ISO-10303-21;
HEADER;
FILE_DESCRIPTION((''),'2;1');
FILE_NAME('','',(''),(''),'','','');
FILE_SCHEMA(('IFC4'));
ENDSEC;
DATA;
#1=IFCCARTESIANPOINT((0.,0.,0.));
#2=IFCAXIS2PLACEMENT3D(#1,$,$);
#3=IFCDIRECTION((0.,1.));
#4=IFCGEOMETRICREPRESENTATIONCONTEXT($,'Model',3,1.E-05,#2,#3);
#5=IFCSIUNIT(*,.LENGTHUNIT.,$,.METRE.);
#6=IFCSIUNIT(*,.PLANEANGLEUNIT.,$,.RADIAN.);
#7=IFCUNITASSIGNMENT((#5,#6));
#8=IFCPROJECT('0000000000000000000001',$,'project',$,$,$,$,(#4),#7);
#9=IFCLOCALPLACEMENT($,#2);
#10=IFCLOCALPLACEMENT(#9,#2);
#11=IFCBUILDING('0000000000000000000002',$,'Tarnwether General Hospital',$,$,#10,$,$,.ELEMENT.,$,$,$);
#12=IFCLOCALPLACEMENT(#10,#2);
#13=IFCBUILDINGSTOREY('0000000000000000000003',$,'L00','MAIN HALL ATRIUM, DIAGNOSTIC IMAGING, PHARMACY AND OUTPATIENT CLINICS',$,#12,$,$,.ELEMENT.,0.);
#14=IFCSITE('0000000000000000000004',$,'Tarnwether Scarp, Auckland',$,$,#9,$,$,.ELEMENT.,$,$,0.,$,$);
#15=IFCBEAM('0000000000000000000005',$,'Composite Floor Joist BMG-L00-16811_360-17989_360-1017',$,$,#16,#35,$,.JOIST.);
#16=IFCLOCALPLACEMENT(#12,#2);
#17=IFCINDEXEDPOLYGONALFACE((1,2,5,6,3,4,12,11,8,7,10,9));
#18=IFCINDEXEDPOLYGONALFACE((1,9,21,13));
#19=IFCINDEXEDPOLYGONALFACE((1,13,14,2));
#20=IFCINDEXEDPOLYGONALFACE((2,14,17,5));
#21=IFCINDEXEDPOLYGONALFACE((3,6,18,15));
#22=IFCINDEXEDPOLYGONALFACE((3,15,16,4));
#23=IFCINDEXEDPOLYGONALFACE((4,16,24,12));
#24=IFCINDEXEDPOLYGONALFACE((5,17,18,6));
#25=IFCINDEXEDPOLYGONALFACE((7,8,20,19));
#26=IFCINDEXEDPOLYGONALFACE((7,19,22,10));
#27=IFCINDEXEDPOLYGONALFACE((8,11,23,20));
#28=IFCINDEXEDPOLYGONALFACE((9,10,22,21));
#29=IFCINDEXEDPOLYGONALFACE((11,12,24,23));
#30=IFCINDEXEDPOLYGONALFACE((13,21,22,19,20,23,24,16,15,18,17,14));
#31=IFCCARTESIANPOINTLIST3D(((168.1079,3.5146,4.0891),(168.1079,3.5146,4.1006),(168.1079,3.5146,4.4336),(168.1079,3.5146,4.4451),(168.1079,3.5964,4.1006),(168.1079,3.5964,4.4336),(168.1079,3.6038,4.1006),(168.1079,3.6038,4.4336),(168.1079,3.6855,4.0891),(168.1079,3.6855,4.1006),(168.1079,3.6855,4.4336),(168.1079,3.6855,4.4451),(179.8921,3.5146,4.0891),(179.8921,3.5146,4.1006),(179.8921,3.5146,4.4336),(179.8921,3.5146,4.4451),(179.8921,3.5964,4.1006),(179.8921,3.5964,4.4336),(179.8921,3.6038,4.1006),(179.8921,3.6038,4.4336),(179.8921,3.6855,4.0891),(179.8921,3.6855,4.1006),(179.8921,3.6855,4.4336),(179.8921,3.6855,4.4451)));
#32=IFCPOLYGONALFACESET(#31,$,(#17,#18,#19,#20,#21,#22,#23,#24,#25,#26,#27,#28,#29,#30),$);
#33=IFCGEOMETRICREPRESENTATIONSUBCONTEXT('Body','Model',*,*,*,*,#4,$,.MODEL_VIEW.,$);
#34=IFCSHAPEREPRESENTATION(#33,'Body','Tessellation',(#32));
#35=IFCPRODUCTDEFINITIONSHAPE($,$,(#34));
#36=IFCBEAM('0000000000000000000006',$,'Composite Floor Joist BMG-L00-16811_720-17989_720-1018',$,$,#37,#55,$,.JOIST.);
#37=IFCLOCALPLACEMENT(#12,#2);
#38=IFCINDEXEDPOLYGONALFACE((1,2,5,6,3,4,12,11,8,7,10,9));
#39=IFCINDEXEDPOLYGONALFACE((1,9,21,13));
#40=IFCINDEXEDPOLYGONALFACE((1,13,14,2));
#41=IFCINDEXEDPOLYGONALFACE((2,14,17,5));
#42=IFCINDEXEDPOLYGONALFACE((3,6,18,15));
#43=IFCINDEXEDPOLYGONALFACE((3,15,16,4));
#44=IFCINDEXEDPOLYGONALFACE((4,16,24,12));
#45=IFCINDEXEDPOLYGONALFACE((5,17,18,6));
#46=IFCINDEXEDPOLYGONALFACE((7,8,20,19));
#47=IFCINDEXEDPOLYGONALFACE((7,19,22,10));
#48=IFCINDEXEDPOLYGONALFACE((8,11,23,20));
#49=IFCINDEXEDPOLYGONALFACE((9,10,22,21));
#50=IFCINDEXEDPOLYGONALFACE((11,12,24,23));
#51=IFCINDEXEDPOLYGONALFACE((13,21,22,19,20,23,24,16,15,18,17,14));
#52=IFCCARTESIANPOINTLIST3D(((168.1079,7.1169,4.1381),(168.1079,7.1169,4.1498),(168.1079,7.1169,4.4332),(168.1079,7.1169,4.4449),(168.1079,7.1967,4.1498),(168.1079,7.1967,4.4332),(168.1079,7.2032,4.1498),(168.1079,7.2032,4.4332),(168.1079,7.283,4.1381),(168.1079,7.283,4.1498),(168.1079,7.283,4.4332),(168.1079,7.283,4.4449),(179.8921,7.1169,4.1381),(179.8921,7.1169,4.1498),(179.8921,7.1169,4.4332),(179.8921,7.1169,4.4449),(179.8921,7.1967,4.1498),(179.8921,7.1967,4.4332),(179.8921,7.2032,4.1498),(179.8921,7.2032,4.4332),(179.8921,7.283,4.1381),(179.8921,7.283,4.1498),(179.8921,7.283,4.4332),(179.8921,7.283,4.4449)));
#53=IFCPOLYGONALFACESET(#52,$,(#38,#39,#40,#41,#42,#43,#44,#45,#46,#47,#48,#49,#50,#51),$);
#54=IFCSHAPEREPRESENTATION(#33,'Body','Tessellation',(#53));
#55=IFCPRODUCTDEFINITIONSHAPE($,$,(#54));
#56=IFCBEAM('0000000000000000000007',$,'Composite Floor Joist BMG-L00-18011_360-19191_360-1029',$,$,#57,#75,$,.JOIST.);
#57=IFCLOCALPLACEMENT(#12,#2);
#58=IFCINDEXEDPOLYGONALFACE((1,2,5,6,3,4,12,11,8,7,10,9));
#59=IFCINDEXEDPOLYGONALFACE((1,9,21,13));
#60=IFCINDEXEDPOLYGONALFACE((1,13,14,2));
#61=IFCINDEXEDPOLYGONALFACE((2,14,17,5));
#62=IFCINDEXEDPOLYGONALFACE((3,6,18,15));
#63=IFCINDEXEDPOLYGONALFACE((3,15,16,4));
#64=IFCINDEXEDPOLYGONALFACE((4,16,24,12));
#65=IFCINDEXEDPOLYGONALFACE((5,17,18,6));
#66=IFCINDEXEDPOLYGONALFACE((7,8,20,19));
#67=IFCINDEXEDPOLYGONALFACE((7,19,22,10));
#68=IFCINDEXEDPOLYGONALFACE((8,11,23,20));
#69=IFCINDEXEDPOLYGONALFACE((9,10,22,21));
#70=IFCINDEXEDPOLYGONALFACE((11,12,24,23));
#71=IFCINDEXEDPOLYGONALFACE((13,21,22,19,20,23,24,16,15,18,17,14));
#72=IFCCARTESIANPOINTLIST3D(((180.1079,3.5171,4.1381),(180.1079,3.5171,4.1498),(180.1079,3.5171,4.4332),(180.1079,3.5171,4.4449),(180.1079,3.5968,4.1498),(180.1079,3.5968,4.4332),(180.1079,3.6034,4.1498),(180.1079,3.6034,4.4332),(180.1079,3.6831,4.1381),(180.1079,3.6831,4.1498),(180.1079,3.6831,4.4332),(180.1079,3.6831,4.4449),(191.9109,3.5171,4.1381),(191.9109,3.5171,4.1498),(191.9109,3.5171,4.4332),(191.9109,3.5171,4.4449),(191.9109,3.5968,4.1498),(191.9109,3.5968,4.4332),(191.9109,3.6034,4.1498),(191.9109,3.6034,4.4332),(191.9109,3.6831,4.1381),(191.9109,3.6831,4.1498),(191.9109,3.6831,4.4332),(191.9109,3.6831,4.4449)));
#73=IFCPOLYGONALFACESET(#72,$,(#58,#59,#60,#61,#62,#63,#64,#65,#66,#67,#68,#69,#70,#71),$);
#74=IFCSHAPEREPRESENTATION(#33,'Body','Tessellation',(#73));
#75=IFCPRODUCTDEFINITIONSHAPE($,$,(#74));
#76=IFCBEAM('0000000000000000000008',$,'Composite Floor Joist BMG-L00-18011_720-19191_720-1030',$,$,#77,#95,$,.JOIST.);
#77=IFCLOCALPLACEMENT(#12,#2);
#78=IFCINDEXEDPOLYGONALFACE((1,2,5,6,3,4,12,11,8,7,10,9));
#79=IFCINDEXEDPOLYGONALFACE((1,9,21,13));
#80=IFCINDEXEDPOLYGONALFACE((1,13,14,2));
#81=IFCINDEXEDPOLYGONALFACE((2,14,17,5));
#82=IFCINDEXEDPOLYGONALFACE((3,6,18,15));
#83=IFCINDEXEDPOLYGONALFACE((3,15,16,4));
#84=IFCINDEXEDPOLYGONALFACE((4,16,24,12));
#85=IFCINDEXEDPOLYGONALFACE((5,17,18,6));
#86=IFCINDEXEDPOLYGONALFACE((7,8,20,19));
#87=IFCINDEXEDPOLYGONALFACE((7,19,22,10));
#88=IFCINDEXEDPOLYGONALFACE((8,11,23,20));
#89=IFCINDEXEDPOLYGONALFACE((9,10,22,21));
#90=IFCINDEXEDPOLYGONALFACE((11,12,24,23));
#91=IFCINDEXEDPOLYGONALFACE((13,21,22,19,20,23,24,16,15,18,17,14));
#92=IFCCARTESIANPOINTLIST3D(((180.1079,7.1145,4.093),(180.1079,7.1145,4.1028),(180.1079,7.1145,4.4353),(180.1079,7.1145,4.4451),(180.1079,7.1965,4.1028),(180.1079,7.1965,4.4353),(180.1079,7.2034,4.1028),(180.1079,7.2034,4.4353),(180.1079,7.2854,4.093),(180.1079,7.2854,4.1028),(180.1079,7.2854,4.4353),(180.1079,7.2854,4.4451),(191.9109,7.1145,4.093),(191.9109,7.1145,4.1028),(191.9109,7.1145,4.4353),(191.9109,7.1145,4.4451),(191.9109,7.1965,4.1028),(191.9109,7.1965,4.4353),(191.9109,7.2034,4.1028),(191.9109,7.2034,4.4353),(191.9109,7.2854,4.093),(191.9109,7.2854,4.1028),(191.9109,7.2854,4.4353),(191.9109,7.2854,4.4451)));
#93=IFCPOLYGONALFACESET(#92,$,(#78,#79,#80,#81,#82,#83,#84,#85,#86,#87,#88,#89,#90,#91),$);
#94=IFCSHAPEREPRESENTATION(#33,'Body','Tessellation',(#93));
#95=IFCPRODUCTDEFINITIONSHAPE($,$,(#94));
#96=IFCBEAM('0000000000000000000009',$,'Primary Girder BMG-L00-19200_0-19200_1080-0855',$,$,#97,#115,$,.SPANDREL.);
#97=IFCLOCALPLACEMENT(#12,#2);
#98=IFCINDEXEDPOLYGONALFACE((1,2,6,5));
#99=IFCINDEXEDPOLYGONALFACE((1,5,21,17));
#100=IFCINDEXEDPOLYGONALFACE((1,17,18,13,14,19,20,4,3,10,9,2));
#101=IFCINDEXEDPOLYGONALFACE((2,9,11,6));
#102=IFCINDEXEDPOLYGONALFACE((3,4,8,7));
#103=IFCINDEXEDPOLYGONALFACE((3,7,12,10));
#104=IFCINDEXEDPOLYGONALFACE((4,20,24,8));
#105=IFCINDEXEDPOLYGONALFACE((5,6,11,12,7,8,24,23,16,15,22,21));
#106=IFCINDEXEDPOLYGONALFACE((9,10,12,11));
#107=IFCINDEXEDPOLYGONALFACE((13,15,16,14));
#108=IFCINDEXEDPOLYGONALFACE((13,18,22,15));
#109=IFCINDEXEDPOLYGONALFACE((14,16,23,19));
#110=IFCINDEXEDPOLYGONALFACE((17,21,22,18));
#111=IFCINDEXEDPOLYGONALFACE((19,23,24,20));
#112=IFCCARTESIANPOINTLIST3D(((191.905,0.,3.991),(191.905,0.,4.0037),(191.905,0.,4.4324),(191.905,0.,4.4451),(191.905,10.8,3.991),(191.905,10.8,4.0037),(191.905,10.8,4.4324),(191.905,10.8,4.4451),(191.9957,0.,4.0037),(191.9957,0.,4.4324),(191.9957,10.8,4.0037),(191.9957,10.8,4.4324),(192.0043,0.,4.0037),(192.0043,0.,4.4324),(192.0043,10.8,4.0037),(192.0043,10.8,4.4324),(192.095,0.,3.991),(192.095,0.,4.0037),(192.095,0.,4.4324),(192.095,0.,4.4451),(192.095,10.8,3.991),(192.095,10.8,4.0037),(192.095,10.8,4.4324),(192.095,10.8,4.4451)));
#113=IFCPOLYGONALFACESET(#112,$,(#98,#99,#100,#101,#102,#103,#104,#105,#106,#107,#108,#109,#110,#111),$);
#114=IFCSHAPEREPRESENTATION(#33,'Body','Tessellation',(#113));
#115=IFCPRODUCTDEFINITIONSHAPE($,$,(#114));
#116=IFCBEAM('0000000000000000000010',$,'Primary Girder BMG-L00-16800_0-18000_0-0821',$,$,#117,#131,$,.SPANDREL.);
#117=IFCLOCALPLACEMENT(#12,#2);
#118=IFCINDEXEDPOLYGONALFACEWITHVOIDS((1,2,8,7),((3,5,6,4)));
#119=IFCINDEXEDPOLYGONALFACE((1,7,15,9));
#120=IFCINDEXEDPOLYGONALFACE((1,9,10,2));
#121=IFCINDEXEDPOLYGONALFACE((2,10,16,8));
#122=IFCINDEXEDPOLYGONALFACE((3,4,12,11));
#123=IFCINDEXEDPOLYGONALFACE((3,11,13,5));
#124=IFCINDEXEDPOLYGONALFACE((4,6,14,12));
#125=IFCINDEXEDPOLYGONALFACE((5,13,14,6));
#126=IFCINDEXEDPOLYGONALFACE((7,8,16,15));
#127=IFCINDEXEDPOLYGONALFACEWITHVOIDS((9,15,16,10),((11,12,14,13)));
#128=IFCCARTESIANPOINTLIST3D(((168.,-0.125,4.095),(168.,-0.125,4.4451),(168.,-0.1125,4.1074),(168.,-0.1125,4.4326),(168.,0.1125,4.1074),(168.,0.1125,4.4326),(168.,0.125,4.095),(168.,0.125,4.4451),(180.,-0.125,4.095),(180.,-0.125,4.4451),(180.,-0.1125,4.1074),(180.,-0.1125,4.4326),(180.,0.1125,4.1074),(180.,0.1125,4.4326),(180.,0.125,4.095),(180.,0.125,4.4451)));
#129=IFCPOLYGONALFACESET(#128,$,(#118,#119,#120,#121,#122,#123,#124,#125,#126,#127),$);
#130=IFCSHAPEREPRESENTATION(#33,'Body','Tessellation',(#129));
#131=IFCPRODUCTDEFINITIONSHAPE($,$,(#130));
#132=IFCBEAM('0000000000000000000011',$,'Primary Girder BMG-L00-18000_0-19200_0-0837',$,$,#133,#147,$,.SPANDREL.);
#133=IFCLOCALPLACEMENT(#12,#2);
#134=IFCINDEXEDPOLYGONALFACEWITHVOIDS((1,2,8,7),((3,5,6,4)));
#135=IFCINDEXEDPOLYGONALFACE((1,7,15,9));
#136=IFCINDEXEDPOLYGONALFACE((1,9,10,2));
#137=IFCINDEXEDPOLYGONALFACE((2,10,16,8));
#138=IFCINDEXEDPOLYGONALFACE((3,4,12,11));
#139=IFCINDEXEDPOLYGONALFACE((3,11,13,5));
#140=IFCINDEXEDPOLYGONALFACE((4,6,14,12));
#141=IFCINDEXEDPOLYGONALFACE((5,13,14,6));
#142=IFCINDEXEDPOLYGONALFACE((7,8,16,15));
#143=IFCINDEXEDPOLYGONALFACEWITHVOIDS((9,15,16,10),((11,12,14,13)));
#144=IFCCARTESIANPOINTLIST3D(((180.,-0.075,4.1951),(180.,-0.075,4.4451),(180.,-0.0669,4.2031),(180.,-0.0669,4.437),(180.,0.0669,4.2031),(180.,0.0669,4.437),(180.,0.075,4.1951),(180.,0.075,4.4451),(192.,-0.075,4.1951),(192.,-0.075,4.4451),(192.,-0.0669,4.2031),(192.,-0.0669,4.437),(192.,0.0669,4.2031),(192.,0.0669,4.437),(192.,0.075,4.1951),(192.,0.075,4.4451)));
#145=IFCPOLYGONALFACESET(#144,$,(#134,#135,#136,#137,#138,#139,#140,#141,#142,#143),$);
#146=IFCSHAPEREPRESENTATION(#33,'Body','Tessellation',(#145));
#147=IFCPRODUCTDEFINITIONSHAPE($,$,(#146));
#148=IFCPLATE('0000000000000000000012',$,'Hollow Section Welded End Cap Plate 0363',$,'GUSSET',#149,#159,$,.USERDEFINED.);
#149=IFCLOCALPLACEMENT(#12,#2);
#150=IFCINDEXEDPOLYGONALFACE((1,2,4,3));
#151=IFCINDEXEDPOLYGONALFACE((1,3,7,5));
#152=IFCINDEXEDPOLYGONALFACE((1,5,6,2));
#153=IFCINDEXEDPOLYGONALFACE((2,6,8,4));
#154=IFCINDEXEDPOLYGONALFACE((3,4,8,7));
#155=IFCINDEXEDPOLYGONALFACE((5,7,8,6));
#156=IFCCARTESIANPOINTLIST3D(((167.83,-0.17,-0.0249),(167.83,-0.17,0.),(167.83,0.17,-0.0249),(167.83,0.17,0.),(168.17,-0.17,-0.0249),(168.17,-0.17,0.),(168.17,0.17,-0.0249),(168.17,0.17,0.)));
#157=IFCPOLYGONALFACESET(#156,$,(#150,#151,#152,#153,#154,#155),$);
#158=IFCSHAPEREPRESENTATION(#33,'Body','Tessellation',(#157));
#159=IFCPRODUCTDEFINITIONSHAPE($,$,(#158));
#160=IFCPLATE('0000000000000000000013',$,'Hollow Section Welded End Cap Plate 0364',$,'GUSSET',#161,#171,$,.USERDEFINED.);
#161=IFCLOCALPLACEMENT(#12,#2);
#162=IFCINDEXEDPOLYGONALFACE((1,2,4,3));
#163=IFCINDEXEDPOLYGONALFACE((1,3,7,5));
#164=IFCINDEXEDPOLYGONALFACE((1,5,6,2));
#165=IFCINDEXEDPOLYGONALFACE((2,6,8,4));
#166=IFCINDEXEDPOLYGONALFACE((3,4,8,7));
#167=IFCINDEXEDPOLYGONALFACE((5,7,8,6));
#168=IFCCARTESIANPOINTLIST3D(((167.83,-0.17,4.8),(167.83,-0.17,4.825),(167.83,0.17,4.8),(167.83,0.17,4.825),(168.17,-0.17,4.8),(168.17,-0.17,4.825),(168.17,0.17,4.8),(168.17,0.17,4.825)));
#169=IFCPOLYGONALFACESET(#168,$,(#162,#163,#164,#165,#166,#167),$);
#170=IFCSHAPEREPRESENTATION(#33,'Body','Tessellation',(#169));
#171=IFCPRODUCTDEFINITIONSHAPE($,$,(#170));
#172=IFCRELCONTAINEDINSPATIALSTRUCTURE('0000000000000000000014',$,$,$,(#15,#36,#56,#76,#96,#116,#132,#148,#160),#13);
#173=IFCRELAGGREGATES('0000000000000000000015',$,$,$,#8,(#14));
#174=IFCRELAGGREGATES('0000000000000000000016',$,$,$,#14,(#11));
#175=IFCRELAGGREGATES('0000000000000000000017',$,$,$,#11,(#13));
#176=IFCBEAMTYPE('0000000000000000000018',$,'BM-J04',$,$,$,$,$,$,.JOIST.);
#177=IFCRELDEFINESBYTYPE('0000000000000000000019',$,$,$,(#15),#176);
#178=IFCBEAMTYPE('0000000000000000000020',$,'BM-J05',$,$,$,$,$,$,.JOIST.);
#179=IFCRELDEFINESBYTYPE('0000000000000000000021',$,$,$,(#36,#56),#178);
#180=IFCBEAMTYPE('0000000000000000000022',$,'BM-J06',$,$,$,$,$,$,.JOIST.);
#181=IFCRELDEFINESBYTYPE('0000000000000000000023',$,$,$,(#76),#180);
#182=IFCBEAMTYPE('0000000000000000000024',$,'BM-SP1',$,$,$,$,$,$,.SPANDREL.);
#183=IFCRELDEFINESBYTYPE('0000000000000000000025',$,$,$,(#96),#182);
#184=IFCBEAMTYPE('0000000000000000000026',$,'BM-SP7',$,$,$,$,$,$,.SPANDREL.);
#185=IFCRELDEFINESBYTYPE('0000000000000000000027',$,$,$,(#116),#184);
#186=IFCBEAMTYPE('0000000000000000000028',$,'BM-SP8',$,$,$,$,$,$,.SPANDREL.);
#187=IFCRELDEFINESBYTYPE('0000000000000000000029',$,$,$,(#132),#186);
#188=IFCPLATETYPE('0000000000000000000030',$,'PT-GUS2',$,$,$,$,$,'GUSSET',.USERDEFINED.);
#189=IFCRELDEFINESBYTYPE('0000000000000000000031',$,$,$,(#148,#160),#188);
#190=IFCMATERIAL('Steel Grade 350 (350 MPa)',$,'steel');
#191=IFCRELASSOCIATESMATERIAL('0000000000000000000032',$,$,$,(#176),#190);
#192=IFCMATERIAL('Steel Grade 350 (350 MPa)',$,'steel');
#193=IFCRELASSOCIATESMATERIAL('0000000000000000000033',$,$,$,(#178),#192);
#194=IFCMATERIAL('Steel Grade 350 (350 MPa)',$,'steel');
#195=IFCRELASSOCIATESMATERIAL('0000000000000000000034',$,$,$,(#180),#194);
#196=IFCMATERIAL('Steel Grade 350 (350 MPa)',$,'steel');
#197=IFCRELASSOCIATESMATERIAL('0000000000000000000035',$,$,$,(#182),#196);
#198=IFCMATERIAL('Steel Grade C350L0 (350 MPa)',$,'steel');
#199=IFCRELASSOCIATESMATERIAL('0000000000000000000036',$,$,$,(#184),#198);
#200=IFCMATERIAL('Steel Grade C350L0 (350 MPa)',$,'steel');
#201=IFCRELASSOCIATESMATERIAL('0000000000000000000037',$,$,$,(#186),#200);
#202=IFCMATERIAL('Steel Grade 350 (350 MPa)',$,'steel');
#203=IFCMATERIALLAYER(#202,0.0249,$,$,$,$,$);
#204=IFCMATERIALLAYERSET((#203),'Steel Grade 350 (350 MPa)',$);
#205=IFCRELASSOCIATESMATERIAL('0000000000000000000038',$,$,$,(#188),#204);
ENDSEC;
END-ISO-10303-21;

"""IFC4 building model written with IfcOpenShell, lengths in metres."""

from ifc_helpers import new_model, si_unit, direction, frame, origin, origin_2d, place, context, subcontext, project, spatial, rectangle, hollow_rectangle, i_section, extrude, material, layer, layer_set, material_profile, profile_set, type_object, element, save


model = new_model("IFC4")

# Units and contexts
model_context = context("Model", 3, precision=1e-05, world=origin(), true_north=direction((0.0, 1.0)))
body_context = subcontext(model_context, "Body", "Model", "MODEL_VIEW")
ifc_project = project(units=[si_unit("LENGTHUNIT", "METRE"), si_unit("PLANEANGLEUNIT", "RADIAN")], contexts=[model_context])

# Site, building, storey
site_placement = place(None, origin())
site = spatial("IfcSite", under=ifc_project, at=site_placement, Name="Tarnwether Scarp, Auckland", CompositionType="ELEMENT", RefElevation=0.0)
building_placement = place(site_placement, origin())
building = spatial("IfcBuilding", under=site, at=building_placement, Name="Tarnwether General Hospital", CompositionType="ELEMENT")
storey_placement = place(building_placement, origin())
storey = spatial("IfcBuildingStorey", under=building, at=storey_placement, Name="L00", Description="MAIN HALL ATRIUM, DIAGNOSTIC IMAGING, PHARMACY AND OUTPATIENT CLINICS", CompositionType="ELEMENT", Elevation=0.0)

# Beams
ifc_material_1 = material(Name="Steel Grade 350 (350 MPa)", Category="steel")
ifc_material_profile_1 = material_profile(ifc_material_1, i_section(OverallWidth=0.1709, OverallDepth=0.356, WebThickness=0.0073, FlangeThickness=0.0115, at=origin_2d()), Name="360UB50.7")
ifc_profile_set_1 = profile_set([ifc_material_profile_1], Name="Steel Grade 350 (350 MPa)")
beam_type_1 = type_object("IfcBeamType", Name="BM-J04", PredefinedType="JOIST", material=ifc_profile_set_1)
beam_1_placement = place(storey_placement, frame((168.1079, 3.6001, 4.2671), z_axis=(1.0, 0.0, 0.0), x_axis=(0.0, 1.0, 0.0)))
element("IfcBeam", 1, at=beam_1_placement, inside=storey, type_object=beam_type_1, Name="Composite Floor Joist BMG-L00-16811_360-17989_360-1017", PredefinedType="JOIST", context=body_context, shape_type="SweptSolid", body=[
    extrude(i_section(OverallWidth=0.1709, OverallDepth=0.356, WebThickness=0.0073, FlangeThickness=0.0115, at=origin_2d()), origin(), (0.0, 0.0, 1.0), 11.7842),
])
ifc_material_2 = material(Name="Steel Grade 350 (350 MPa)", Category="steel")
ifc_material_profile_2 = material_profile(ifc_material_2, i_section(OverallWidth=0.166, OverallDepth=0.3069, WebThickness=0.0066, FlangeThickness=0.0117, at=origin_2d()), Name="310UB46.2")
ifc_profile_set_2 = profile_set([ifc_material_profile_2], Name="Steel Grade 350 (350 MPa)")
beam_type_2 = type_object("IfcBeamType", Name="BM-J05", PredefinedType="JOIST", material=ifc_profile_set_2)
beam_2_placement = place(storey_placement, frame((168.1079, 7.2, 4.2915), z_axis=(1.0, 0.0, 0.0), x_axis=(0.0, 1.0, 0.0)))
element("IfcBeam", 2, at=beam_2_placement, inside=storey, type_object=beam_type_2, Name="Composite Floor Joist BMG-L00-16811_720-17989_720-1018", PredefinedType="JOIST", context=body_context, shape_type="SweptSolid", body=[
    extrude(i_section(OverallWidth=0.166, OverallDepth=0.3069, WebThickness=0.0066, FlangeThickness=0.0117, at=origin_2d()), origin(), (0.0, 0.0, 1.0), 11.7842),
])
beam_3_placement = place(storey_placement, frame((180.1079, 3.6001, 4.2915), z_axis=(1.0, 0.0, 0.0), x_axis=(0.0, 1.0, 0.0)))
element("IfcBeam", 3, at=beam_3_placement, inside=storey, type_object=beam_type_2, Name="Composite Floor Joist BMG-L00-18011_360-19191_360-1029", PredefinedType="JOIST", context=body_context, shape_type="SweptSolid", body=[
    extrude(i_section(OverallWidth=0.166, OverallDepth=0.3069, WebThickness=0.0066, FlangeThickness=0.0117, at=origin_2d()), origin(), (0.0, 0.0, 1.0), 11.803),
])
ifc_material_3 = material(Name="Steel Grade 350 (350 MPa)", Category="steel")
ifc_material_profile_3 = material_profile(ifc_material_3, i_section(OverallWidth=0.1709, OverallDepth=0.3521, WebThickness=0.0068, FlangeThickness=0.0098, at=origin_2d()), Name="360UB44.7")
ifc_profile_set_3 = profile_set([ifc_material_profile_3], Name="Steel Grade 350 (350 MPa)")
beam_type_3 = type_object("IfcBeamType", Name="BM-J06", PredefinedType="JOIST", material=ifc_profile_set_3)
beam_4_placement = place(storey_placement, frame((180.1079, 7.2, 4.269), z_axis=(1.0, 0.0, 0.0), x_axis=(0.0, 1.0, 0.0)))
element("IfcBeam", 4, at=beam_4_placement, inside=storey, type_object=beam_type_3, Name="Composite Floor Joist BMG-L00-18011_720-19191_720-1030", PredefinedType="JOIST", context=body_context, shape_type="SweptSolid", body=[
    extrude(i_section(OverallWidth=0.1709, OverallDepth=0.3521, WebThickness=0.0068, FlangeThickness=0.0098, at=origin_2d()), origin(), (0.0, 0.0, 1.0), 11.803),
])
ifc_material_4 = material(Name="Steel Grade 350 (350 MPa)", Category="steel")
ifc_material_profile_4 = material_profile(ifc_material_4, i_section(OverallWidth=0.1899, OverallDepth=0.4541, WebThickness=0.0085, FlangeThickness=0.0127, at=origin_2d()), Name="460UB67.1")
ifc_profile_set_4 = profile_set([ifc_material_profile_4], Name="Steel Grade 350 (350 MPa)")
beam_type_4 = type_object("IfcBeamType", Name="BM-SP1", PredefinedType="SPANDREL", material=ifc_profile_set_4)
beam_5_placement = place(storey_placement, frame((192.0, 0.0, 4.218), z_axis=(0.0, 1.0, 0.0), x_axis=(-1.0, 0.0, 0.0)))
element("IfcBeam", 5, at=beam_5_placement, inside=storey, type_object=beam_type_4, Name="Primary Girder BMG-L00-19200_0-19200_1080-0855", PredefinedType="SPANDREL", context=body_context, shape_type="SweptSolid", body=[
    extrude(i_section(OverallWidth=0.1899, OverallDepth=0.4541, WebThickness=0.0085, FlangeThickness=0.0127, at=origin_2d()), origin(), (0.0, 0.0, 1.0), 10.8),
])
ifc_material_5 = material(Name="Steel Grade C350L0 (350 MPa)", Category="steel")
ifc_material_profile_5 = material_profile(ifc_material_5, hollow_rectangle(XDim=0.25, YDim=0.3501, WallThickness=0.0125, at=origin_2d()), Name="RHS350x250x12.5")
ifc_profile_set_5 = profile_set([ifc_material_profile_5], Name="Steel Grade C350L0 (350 MPa)")
beam_type_5 = type_object("IfcBeamType", Name="BM-SP7", PredefinedType="SPANDREL", material=ifc_profile_set_5)
beam_6_placement = place(storey_placement, frame((168.0, 0.0, 4.27), z_axis=(1.0, 0.0, 0.0), x_axis=(0.0, 1.0, 0.0)))
element("IfcBeam", 6, at=beam_6_placement, inside=storey, type_object=beam_type_5, Name="Primary Girder BMG-L00-16800_0-18000_0-0821", PredefinedType="SPANDREL", context=body_context, shape_type="SweptSolid", body=[
    extrude(hollow_rectangle(XDim=0.25, YDim=0.3501, WallThickness=0.0125, at=origin_2d()), origin(), (0.0, 0.0, 1.0), 12.0),
])
ifc_material_6 = material(Name="Steel Grade C350L0 (350 MPa)", Category="steel")
ifc_material_profile_6 = material_profile(ifc_material_6, hollow_rectangle(XDim=0.1499, YDim=0.25, WallThickness=0.0081, at=origin_2d()), Name="RHS250x150x8")
ifc_profile_set_6 = profile_set([ifc_material_profile_6], Name="Steel Grade C350L0 (350 MPa)")
beam_type_6 = type_object("IfcBeamType", Name="BM-SP8", PredefinedType="SPANDREL", material=ifc_profile_set_6)
beam_7_placement = place(storey_placement, frame((180.0, 0.0, 4.3201), z_axis=(1.0, 0.0, 0.0), x_axis=(0.0, 1.0, 0.0)))
element("IfcBeam", 7, at=beam_7_placement, inside=storey, type_object=beam_type_6, Name="Primary Girder BMG-L00-18000_0-19200_0-0837", PredefinedType="SPANDREL", context=body_context, shape_type="SweptSolid", body=[
    extrude(hollow_rectangle(XDim=0.1499, YDim=0.25, WallThickness=0.0081, at=origin_2d()), origin(), (0.0, 0.0, 1.0), 12.0),
])

# Plates
ifc_material_7 = material(Name="Steel Grade 350 (350 MPa)", Category="steel")
ifc_layer_1 = layer(ifc_material_7, 0.0249)
ifc_layer_set_1 = layer_set([ifc_layer_1], Name="Steel Grade 350 (350 MPa)")
plate_type = type_object("IfcPlateType", Name="PT-GUS2", ElementType="GUSSET", PredefinedType="USERDEFINED", material=ifc_layer_set_1)
for number, where, z_axis, x_axis, name in (
    (8, (168.0, 0.0, -0.0249), (0.0, 0.0, 1.0), (1.0, 0.0, 0.0), "Hollow Section Welded End Cap Plate 0363"),
    (9, (168.0, 0.0, 4.8), (0.0, 0.0, 1.0), (1.0, 0.0, 0.0), "Hollow Section Welded End Cap Plate 0364"),
):
    element("IfcPlate", number, at=place(storey_placement, frame(where, z_axis=z_axis, x_axis=x_axis)), inside=storey, type_object=plate_type, Name=name, ObjectType="GUSSET", PredefinedType="USERDEFINED", context=body_context, shape_type="SweptSolid", body=[
        extrude(rectangle(XDim=0.3401, YDim=0.3401, at=origin_2d()), origin(), (0.0, 0.0, 1.0), 0.0249),
    ])

save(model, "model.ifc")
